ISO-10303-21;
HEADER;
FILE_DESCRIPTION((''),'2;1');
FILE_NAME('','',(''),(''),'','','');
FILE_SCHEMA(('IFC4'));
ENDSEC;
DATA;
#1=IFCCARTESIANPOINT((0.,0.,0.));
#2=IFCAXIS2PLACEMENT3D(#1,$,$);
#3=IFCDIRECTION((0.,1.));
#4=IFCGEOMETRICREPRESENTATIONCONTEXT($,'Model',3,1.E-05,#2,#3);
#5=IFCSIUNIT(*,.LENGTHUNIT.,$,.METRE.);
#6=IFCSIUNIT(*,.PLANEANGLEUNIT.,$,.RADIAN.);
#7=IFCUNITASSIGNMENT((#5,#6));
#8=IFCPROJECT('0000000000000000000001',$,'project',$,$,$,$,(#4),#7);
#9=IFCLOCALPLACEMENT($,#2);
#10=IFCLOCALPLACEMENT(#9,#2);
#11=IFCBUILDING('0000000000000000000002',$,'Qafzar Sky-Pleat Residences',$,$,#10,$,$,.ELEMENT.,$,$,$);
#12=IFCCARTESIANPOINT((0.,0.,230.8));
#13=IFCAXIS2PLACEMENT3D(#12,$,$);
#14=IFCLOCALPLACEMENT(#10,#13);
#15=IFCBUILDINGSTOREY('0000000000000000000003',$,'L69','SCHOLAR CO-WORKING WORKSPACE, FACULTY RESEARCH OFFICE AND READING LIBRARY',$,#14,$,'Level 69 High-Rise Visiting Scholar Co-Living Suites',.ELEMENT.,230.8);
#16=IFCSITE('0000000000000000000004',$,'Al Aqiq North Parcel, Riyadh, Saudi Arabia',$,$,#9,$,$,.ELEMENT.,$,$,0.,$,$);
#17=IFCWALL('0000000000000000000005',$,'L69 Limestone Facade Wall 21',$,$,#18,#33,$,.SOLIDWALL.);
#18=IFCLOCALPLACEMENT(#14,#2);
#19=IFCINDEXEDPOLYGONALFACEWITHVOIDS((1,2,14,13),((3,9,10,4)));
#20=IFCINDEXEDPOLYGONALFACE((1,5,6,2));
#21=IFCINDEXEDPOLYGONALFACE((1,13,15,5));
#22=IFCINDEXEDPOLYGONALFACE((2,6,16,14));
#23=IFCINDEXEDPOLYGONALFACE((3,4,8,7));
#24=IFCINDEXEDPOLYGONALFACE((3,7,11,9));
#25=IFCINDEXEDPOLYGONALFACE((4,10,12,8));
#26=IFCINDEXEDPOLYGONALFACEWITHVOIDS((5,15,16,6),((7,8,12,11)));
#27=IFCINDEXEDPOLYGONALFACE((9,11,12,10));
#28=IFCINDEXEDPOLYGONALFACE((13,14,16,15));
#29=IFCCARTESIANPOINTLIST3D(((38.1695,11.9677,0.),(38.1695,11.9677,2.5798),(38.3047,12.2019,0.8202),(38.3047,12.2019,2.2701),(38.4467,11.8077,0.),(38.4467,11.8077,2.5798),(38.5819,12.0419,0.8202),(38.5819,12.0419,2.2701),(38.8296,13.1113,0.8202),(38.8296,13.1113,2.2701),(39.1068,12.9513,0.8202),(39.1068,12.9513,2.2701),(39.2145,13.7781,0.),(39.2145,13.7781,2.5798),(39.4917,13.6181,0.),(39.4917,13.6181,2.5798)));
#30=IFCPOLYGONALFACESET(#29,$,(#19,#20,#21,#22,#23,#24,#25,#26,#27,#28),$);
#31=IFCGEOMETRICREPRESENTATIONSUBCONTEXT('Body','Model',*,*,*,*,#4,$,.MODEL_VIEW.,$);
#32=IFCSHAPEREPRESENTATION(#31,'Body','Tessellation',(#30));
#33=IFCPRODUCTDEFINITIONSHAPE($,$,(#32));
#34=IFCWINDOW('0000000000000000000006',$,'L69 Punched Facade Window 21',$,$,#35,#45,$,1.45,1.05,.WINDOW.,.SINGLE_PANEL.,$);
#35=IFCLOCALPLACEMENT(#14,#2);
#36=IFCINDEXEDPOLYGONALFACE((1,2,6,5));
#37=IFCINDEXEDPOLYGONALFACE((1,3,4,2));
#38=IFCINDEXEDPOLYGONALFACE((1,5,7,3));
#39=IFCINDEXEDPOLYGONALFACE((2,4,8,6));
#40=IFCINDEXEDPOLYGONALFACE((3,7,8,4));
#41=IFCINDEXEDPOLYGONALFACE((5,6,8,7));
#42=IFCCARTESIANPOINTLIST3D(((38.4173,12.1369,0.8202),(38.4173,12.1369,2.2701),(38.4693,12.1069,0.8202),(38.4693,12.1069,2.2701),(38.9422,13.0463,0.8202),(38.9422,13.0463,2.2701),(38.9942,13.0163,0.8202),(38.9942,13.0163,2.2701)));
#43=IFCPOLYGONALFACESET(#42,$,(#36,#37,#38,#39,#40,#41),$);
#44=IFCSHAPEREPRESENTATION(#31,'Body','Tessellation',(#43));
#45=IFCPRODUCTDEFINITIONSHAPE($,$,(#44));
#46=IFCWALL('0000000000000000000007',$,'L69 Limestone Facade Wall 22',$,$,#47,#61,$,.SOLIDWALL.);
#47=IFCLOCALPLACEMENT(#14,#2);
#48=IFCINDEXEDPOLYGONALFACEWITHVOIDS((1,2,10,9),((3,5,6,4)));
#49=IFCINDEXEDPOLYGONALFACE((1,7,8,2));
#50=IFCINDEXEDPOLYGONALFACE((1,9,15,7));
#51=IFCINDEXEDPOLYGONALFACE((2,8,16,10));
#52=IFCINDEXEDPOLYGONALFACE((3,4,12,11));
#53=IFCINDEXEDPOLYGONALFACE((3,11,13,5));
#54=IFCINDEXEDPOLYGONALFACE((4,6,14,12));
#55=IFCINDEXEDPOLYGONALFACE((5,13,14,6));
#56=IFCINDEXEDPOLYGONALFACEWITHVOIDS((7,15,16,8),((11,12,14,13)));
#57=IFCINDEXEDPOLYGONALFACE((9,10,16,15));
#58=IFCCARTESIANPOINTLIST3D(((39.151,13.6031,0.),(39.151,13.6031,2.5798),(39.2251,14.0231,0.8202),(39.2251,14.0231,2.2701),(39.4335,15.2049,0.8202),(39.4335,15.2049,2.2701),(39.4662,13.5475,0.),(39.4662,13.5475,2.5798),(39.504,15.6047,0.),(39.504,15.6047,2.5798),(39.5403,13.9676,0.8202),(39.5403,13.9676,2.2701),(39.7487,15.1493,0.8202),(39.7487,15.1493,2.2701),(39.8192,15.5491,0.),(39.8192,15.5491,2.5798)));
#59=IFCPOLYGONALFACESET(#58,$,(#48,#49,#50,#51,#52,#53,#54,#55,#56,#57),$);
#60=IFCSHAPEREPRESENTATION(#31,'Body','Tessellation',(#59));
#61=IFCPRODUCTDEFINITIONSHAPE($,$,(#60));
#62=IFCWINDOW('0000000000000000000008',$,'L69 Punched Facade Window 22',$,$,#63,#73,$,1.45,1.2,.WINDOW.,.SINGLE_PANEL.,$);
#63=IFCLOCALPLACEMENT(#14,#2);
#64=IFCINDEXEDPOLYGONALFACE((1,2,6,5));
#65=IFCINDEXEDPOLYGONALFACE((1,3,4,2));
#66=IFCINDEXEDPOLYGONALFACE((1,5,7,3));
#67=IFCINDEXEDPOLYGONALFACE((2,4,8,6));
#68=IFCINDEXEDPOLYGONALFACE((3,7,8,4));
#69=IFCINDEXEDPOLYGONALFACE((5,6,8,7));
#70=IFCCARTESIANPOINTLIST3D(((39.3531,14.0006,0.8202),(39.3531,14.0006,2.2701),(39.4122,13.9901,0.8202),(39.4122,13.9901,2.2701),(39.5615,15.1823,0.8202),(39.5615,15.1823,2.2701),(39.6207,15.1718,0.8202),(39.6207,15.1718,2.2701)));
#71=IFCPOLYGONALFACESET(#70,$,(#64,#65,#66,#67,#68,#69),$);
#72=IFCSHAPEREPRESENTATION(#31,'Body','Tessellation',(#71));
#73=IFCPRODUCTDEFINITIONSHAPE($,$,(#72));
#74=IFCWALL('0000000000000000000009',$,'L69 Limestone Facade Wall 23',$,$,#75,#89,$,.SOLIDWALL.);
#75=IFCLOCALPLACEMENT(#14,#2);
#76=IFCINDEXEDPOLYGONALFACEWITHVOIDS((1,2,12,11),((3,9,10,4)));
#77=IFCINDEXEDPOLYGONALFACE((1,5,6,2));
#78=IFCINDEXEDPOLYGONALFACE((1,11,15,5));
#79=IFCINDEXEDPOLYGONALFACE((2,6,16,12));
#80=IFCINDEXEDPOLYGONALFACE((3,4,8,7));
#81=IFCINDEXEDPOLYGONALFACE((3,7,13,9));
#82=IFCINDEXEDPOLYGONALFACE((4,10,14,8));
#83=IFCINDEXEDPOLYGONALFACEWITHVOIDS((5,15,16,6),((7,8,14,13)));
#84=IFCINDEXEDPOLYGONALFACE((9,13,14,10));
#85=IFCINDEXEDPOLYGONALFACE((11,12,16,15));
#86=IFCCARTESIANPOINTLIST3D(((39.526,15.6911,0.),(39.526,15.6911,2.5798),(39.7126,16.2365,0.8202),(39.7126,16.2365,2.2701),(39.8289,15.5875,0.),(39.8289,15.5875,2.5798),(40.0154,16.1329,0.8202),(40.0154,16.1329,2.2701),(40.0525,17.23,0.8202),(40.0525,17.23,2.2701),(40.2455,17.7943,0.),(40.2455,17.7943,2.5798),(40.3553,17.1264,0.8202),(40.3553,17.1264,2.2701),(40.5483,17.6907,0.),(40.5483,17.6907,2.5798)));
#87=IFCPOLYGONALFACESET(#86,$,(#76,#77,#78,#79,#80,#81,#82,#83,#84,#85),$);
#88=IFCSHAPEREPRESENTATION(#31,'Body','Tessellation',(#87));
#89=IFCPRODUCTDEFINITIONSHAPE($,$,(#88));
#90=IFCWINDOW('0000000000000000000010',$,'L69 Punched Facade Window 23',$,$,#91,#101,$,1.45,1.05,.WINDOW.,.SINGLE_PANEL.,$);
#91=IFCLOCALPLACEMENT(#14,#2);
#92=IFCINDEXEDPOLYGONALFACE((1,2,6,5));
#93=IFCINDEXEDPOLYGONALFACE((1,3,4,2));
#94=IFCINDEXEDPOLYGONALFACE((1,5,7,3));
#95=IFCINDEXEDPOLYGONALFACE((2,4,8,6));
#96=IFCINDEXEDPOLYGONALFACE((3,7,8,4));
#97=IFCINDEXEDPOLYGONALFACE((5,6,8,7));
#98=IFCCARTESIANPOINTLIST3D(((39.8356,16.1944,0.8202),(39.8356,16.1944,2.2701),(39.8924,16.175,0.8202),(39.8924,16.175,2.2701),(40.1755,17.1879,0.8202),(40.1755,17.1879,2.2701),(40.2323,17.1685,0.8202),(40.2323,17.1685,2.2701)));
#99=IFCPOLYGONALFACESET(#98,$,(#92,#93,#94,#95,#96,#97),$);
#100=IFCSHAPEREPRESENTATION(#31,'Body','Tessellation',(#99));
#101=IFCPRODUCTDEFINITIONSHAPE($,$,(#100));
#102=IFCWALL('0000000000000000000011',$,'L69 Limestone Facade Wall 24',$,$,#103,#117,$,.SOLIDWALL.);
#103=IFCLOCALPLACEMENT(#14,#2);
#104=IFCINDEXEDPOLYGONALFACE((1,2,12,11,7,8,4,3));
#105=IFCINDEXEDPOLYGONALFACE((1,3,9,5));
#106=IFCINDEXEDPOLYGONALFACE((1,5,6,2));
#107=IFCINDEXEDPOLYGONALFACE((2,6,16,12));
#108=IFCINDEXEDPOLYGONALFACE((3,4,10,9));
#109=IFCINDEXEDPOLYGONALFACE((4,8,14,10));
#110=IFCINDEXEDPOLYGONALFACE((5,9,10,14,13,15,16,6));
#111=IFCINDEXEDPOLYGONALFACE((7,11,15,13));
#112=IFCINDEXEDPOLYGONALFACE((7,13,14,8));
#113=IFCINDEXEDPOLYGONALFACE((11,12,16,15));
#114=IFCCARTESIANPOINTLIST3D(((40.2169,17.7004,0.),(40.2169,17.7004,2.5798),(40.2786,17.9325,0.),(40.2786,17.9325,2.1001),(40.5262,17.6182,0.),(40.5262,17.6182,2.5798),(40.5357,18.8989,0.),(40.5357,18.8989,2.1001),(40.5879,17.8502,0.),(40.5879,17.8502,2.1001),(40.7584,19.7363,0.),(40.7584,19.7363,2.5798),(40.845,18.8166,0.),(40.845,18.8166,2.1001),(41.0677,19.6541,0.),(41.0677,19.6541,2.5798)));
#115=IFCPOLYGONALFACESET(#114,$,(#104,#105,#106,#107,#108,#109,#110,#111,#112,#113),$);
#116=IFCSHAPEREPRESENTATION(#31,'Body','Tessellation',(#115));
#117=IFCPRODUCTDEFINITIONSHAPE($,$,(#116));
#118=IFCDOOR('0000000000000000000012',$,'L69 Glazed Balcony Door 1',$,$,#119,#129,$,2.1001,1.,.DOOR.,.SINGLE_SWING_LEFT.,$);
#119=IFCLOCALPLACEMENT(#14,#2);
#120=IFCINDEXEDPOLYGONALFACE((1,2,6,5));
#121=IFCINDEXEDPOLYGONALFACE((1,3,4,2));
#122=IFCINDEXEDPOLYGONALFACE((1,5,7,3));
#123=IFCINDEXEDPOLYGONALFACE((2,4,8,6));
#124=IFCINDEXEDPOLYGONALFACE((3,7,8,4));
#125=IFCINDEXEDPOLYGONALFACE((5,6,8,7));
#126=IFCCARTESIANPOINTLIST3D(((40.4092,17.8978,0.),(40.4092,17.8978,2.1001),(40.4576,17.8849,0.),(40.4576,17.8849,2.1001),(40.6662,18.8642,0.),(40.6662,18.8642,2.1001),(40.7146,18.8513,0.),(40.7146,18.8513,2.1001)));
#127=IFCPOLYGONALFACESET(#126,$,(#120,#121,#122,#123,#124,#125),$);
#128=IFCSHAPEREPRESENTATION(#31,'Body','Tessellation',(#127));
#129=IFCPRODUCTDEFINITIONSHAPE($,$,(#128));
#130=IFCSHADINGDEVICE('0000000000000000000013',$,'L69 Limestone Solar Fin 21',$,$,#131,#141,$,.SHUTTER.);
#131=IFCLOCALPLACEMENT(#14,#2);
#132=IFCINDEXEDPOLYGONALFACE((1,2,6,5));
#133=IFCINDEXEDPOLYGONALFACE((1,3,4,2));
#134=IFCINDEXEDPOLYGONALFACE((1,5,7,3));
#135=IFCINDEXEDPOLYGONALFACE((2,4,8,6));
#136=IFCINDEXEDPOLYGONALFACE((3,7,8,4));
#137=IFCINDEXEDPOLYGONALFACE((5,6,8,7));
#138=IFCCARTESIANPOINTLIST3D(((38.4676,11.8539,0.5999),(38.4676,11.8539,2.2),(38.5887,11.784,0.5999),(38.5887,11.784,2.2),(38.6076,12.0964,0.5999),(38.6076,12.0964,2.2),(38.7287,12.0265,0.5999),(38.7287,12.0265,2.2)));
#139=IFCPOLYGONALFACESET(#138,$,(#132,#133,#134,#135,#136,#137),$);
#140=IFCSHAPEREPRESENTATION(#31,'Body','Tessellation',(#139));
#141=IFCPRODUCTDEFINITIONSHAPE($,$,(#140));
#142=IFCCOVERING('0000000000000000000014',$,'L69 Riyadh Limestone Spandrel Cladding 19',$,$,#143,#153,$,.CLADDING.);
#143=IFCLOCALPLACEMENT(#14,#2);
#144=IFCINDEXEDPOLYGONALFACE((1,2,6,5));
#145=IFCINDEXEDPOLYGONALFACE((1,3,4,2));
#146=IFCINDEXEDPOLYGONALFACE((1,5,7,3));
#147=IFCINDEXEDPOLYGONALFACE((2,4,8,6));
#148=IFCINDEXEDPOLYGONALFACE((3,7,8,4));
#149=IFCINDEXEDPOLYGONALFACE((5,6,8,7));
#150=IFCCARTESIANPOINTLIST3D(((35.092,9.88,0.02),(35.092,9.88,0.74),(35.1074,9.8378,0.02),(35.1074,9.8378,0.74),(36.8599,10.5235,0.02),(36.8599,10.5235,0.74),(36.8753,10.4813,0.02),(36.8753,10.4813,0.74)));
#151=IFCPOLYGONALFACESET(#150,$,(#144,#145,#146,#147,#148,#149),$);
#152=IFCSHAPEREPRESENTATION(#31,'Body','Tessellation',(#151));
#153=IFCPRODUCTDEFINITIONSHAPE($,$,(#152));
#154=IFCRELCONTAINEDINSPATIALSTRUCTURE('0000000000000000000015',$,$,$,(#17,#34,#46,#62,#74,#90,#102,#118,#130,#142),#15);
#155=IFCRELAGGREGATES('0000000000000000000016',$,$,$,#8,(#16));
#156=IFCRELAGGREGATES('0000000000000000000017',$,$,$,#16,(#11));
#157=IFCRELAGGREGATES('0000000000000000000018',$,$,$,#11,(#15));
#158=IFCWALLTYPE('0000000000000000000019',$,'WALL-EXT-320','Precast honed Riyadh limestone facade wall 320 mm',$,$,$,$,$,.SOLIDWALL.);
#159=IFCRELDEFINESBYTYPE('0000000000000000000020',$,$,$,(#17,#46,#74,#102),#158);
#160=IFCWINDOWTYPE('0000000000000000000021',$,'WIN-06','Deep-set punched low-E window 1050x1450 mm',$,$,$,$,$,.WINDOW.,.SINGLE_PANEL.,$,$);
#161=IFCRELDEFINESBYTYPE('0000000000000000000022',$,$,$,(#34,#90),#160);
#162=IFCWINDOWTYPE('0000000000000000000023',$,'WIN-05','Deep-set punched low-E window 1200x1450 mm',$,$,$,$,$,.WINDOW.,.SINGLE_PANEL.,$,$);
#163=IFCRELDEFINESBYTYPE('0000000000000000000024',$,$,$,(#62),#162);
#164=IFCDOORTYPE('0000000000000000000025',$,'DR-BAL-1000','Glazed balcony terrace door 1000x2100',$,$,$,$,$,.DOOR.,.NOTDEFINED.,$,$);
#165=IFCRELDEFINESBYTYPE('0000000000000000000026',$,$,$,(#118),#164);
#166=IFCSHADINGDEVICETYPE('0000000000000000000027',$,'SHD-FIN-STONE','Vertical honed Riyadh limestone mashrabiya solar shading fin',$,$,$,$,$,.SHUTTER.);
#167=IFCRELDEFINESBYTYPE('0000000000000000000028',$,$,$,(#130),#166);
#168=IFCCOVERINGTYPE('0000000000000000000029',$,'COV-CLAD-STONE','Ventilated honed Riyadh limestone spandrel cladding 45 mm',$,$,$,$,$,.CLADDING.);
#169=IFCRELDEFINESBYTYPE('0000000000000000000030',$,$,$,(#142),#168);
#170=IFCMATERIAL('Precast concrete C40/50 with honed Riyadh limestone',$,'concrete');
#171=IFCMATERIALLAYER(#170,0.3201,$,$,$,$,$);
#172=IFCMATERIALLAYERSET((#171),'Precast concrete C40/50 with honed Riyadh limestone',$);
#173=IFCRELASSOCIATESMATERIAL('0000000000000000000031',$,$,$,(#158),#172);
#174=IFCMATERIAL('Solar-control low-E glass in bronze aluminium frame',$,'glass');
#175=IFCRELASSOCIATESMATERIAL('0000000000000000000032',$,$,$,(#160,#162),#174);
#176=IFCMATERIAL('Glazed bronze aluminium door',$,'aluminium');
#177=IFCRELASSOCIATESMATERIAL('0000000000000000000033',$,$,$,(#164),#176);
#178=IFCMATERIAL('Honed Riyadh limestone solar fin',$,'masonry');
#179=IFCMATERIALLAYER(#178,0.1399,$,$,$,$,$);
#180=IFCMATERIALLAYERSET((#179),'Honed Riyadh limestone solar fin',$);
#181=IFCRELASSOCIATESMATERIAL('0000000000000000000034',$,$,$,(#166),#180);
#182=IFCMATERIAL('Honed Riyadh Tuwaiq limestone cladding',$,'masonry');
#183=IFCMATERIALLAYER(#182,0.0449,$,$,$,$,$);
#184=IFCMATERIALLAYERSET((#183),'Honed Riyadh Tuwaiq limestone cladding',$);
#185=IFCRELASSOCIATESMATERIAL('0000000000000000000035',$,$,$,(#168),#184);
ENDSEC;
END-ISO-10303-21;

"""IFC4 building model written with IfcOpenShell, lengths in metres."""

from ifc_helpers import new_model, si_unit, direction, frame, frame_2d, origin, origin_2d, place, context, subcontext, project, spatial, rectangle, extrude, source, transform, mapped, material, layer, layer_set, type_object, element, fill, save


model = new_model("IFC4")

# Units and contexts
model_context = context("Model", 3, precision=1e-05, world=origin(), true_north=direction((0.0, 1.0)))
body_context = subcontext(model_context, "Body", "Model", "MODEL_VIEW")
ifc_project = project(units=[si_unit("LENGTHUNIT", "METRE"), si_unit("PLANEANGLEUNIT", "RADIAN")], contexts=[model_context])

# Site, building, storey
site_placement = place(None, origin())
site = spatial("IfcSite", under=ifc_project, at=site_placement, Name="Al Aqiq North Parcel, Riyadh, Saudi Arabia", CompositionType="ELEMENT", RefElevation=0.0)
building_placement = place(site_placement, origin())
building = spatial("IfcBuilding", under=site, at=building_placement, Name="Qafzar Sky-Pleat Residences", CompositionType="ELEMENT")
storey_placement = place(building_placement, frame((0.0, 0.0, 230.8)))
storey = spatial("IfcBuildingStorey", under=building, at=storey_placement, Name="L69", Description="SCHOLAR CO-WORKING WORKSPACE, FACULTY RESEARCH OFFICE AND READING LIBRARY", LongName="Level 69 High-Rise Visiting Scholar Co-Living Suites", CompositionType="ELEMENT", Elevation=230.8)

# Walls, openings, windows
ifc_material_1 = material(Name="Precast concrete C40/50 with honed Riyadh limestone", Category="concrete")
ifc_layer_1 = layer(ifc_material_1, 0.3201)
ifc_layer_set_1 = layer_set([ifc_layer_1], Name="Precast concrete C40/50 with honed Riyadh limestone")
wall_type_1 = type_object("IfcWallType", Name="WALL-EXT-320", Description="Precast honed Riyadh limestone facade wall 320 mm", PredefinedType="SOLIDWALL", material=ifc_layer_set_1)
ifc_material_2 = material(Name="Solar-control low-E glass in bronze aluminium frame", Category="glass")
wall_1_placement = place(storey_placement, frame((38.3081, 11.8877, 0.0), z_axis=(0.0, 0.0, 1.0), x_axis=(0.499908, 0.866079, 0.0)))
wall_1 = element("IfcWall", 1, at=wall_1_placement, inside=storey, type_object=wall_type_1, Name="L69 Limestone Facade Wall 21", PredefinedType="SOLIDWALL", context=body_context, shape_type="SweptSolid", body=[
    extrude(rectangle(XDim=2.0903, YDim=0.3201, at=frame_2d((1.0452, 0.0))), origin(), (0.0, 0.0, 1.0), 2.5798),
])
opening_1_placement = place(wall_1_placement, frame((0.2705, 0.0, 0.8201)))
opening_1 = element("IfcOpeningElement", 2, at=opening_1_placement, cuts=wall_1, PredefinedType="OPENING", context=body_context, shape_type="SweptSolid", body=[
    extrude(rectangle(XDim=1.05, YDim=1.45, at=frame_2d((0.5249, 0.7251))), frame((0.0, 0.1699, 0.0), z_axis=(0.0, -1.0, 0.0), x_axis=(1.0, 0.0, 0.0)), (0.0, 0.0, 1.0), 0.3401),
])
window_type_1 = type_object("IfcWindowType", Name="WIN-06", Description="Deep-set punched low-E window 1050x1450 mm", PartitioningType="SINGLE_PANEL", PredefinedType="WINDOW", material=ifc_material_2)
shared_shape_1 = source(origin(), body_context, "Body", "SweptSolid", [
    extrude(rectangle(XDim=1.05, YDim=1.45, at=frame_2d((0.5249, 0.7251))), frame((0.0, 0.03, 0.0), z_axis=(0.0, -1.0, 0.0), x_axis=(1.0, 0.0, 0.0)), (0.0, 0.0, 1.0), 0.0601),
])
window_1_placement = place(opening_1_placement, origin())
window_1 = element("IfcWindow", 3, at=window_1_placement, inside=storey, type_object=window_type_1, Name="L69 Punched Facade Window 21", OverallHeight=1.45, OverallWidth=1.05, PartitioningType="SINGLE_PANEL", PredefinedType="WINDOW", context=body_context, shape_type="MappedRepresentation", body=[
    mapped(shared_shape_1, transform((0.0, 0.0, 0.0), x_axis=(1.0, 0.0, 0.0), y_axis=(0.0, 1.0, 0.0), z_axis=(0.0, 0.0, 1.0), scale=1.0)),
])
fill(opening_1, window_1)
wall_2_placement = place(storey_placement, frame((39.3086, 13.5754, 0.0), z_axis=(0.0, 0.0, 1.0), x_axis=(0.173703, 0.984798, 0.0)))
wall_2 = element("IfcWall", 4, at=wall_2_placement, inside=storey, type_object=wall_type_1, Name="L69 Limestone Facade Wall 22", PredefinedType="SOLIDWALL", context=body_context, shape_type="SweptSolid", body=[
    extrude(rectangle(XDim=2.0325, YDim=0.3201, at=frame_2d((1.0161, 0.0))), origin(), (0.0, 0.0, 1.0), 2.5798),
])
opening_2_placement = place(wall_2_placement, frame((0.4263, 0.0, 0.8201)))
opening_2 = element("IfcOpeningElement", 5, at=opening_2_placement, cuts=wall_2, PredefinedType="OPENING", context=body_context, shape_type="SweptSolid", body=[
    extrude(rectangle(XDim=1.2, YDim=1.45, at=frame_2d((0.6001, 0.7251))), frame((0.0, 0.1699, 0.0), z_axis=(0.0, -1.0, 0.0), x_axis=(1.0, 0.0, 0.0)), (0.0, 0.0, 1.0), 0.3401),
])
window_type_2 = type_object("IfcWindowType", Name="WIN-05", Description="Deep-set punched low-E window 1200x1450 mm", PartitioningType="SINGLE_PANEL", PredefinedType="WINDOW", material=ifc_material_2)
shared_shape_2 = source(origin(), body_context, "Body", "SweptSolid", [
    extrude(rectangle(XDim=1.2, YDim=1.45, at=frame_2d((0.6001, 0.7251))), frame((0.0, 0.03, 0.0), z_axis=(0.0, -1.0, 0.0), x_axis=(1.0, 0.0, 0.0)), (0.0, 0.0, 1.0), 0.0601),
])
window_2_placement = place(opening_2_placement, origin())
window_2 = element("IfcWindow", 6, at=window_2_placement, inside=storey, type_object=window_type_2, Name="L69 Punched Facade Window 22", OverallHeight=1.45, OverallWidth=1.2, PartitioningType="SINGLE_PANEL", PredefinedType="WINDOW", context=body_context, shape_type="MappedRepresentation", body=[
    mapped(shared_shape_2, transform((0.0, 0.0, 0.0), x_axis=(1.0, 0.0, 0.0), y_axis=(0.0, 1.0, 0.0), z_axis=(0.0, 0.0, 1.0), scale=1.0)),
])
fill(opening_2, window_2)
wall_3_placement = place(storey_placement, frame((39.6775, 15.6394, 0.0), z_axis=(0.0, 0.0, 1.0), x_axis=(0.323664, 0.946172, 0.0)))
wall_3 = element("IfcWall", 7, at=wall_3_placement, inside=storey, type_object=wall_type_1, Name="L69 Limestone Facade Wall 23", PredefinedType="SOLIDWALL", context=body_context, shape_type="SweptSolid", body=[
    extrude(rectangle(XDim=2.2229, YDim=0.3201, at=frame_2d((1.1113, 0.0))), origin(), (0.0, 0.0, 1.0), 2.5798),
])
opening_3_placement = place(wall_3_placement, frame((0.5764, 0.0, 0.8201)))
opening_3 = element("IfcOpeningElement", 8, at=opening_3_placement, cuts=wall_3, PredefinedType="OPENING", context=body_context, shape_type="SweptSolid", body=[
    extrude(rectangle(XDim=1.05, YDim=1.45, at=frame_2d((0.5249, 0.7251))), frame((0.0, 0.1699, 0.0), z_axis=(0.0, -1.0, 0.0), x_axis=(1.0, 0.0, 0.0)), (0.0, 0.0, 1.0), 0.3401),
])
window_3_placement = place(opening_3_placement, origin())
window_3 = element("IfcWindow", 9, at=window_3_placement, inside=storey, type_object=window_type_1, Name="L69 Punched Facade Window 23", OverallHeight=1.45, OverallWidth=1.05, PartitioningType="SINGLE_PANEL", PredefinedType="WINDOW", context=body_context, shape_type="MappedRepresentation", body=[
    mapped(shared_shape_1, transform((0.0, 0.0, 0.0), x_axis=(1.0, 0.0, 0.0), y_axis=(0.0, 1.0, 0.0), z_axis=(0.0, 0.0, 1.0), scale=1.0)),
])
fill(opening_3, window_3)

# Wall, opening, door
wall_4_placement = place(storey_placement, frame((40.3716, 17.6594, 0.0), z_axis=(0.0, 0.0, 1.0), x_axis=(0.257042, 0.9664, 0.0)))
wall_4 = element("IfcWall", 10, at=wall_4_placement, inside=storey, type_object=wall_type_1, Name="L69 Limestone Facade Wall 24", PredefinedType="SOLIDWALL", context=body_context, shape_type="SweptSolid", body=[
    extrude(rectangle(XDim=2.1067, YDim=0.3201, at=frame_2d((1.0532, 0.0))), origin(), (0.0, 0.0, 1.0), 2.5798),
])
opening_4_placement = place(wall_4_placement, frame((0.24, 0.0, 0.0)))
opening_4 = element("IfcOpeningElement", 11, at=opening_4_placement, cuts=wall_4, PredefinedType="OPENING", context=body_context, shape_type="SweptSolid", body=[
    extrude(rectangle(XDim=1.0, YDim=2.1001, at=frame_2d((0.5, 1.05))), frame((0.0, 0.1699, 0.0), z_axis=(0.0, -1.0, 0.0), x_axis=(1.0, 0.0, 0.0)), (0.0, 0.0, 1.0), 0.3401),
])
ifc_material_3 = material(Name="Glazed bronze aluminium door", Category="aluminium")
door_type_1 = type_object("IfcDoorType", Name="DR-BAL-1000", Description="Glazed balcony terrace door 1000x2100", OperationType="NOTDEFINED", PredefinedType="DOOR", material=ifc_material_3)
shared_shape_3 = source(origin(), body_context, "Body", "SweptSolid", [
    extrude(rectangle(XDim=1.0, YDim=2.1001, at=frame_2d((0.5, 1.05))), frame((0.0, 0.0249, 0.0), z_axis=(0.0, -1.0, 0.0), x_axis=(1.0, 0.0, 0.0)), (0.0, 0.0, 1.0), 0.05),
])
door_1_placement = place(opening_4_placement, origin())
door_1 = element("IfcDoor", 12, at=door_1_placement, inside=storey, type_object=door_type_1, Name="L69 Glazed Balcony Door 1", OperationType="SINGLE_SWING_LEFT", OverallHeight=2.1001, OverallWidth=1.0, PredefinedType="DOOR", context=body_context, shape_type="MappedRepresentation", body=[
    mapped(shared_shape_3, transform((0.0, 0.0, 0.0), x_axis=(1.0, 0.0, 0.0), y_axis=(0.0, 1.0, 0.0), z_axis=(0.0, 0.0, 1.0), scale=1.0)),
])
fill(opening_4, door_1)

# Shading device
ifc_material_4 = material(Name="Honed Riyadh limestone solar fin", Category="masonry")
ifc_layer_2 = layer(ifc_material_4, 0.1399)
ifc_layer_set_2 = layer_set([ifc_layer_2], Name="Honed Riyadh limestone solar fin")
shading_device_type = type_object("IfcShadingDeviceType", Name="SHD-FIN-STONE", Description="Vertical honed Riyadh limestone mashrabiya solar shading fin", PredefinedType="SHUTTER", material=ifc_layer_set_2)
shared_shape_4 = source(origin(), body_context, "Body", "SweptSolid", [
    extrude(rectangle(XDim=0.1399, YDim=0.28, at=origin_2d()), origin(), (0.0, 0.0, 1.0), 1.6001),
])
shading_device_placement = place(storey_placement, frame((38.5981, 11.9402, 0.5999), z_axis=(0.0, 0.0, 1.0), x_axis=(0.866032, -0.499989, 0.0)))
element("IfcShadingDevice", 13, at=shading_device_placement, inside=storey, type_object=shading_device_type, Name="L69 Limestone Solar Fin 21", PredefinedType="SHUTTER", context=body_context, shape_type="MappedRepresentation", body=[
    mapped(shared_shape_4, transform((0.0, 0.0, 0.0), x_axis=(1.0, 0.0, 0.0), y_axis=(0.0, 1.0, 0.0), z_axis=(0.0, 0.0, 1.0), scale=1.0)),
])

# Covering
ifc_material_5 = material(Name="Honed Riyadh Tuwaiq limestone cladding", Category="masonry")
ifc_layer_3 = layer(ifc_material_5, 0.0449)
ifc_layer_set_3 = layer_set([ifc_layer_3], Name="Honed Riyadh Tuwaiq limestone cladding")
covering_type = type_object("IfcCoveringType", Name="COV-CLAD-STONE", Description="Ventilated honed Riyadh limestone spandrel cladding 45 mm", PredefinedType="CLADDING", material=ifc_layer_set_3)
shared_shape_5 = source(origin(), body_context, "Body", "SweptSolid", [
    extrude(rectangle(XDim=1.8813, YDim=0.0449, at=origin_2d()), origin(), (0.0, 0.0, 1.0), 0.72),
])
covering_1_placement = place(storey_placement, frame((35.9836, 10.1807, 0.02), z_axis=(0.0, 0.0, 1.0), x_axis=(0.939694, 0.342016, 0.0)))
element("IfcCovering", 14, at=covering_1_placement, inside=storey, type_object=covering_type, Name="L69 Riyadh Limestone Spandrel Cladding 19", PredefinedType="CLADDING", context=body_context, shape_type="MappedRepresentation", body=[
    mapped(shared_shape_5, transform((0.0, 0.0, 0.0), x_axis=(1.0, 0.0, 0.0), y_axis=(0.0, 1.0, 0.0), z_axis=(0.0, 0.0, 1.0), scale=1.0)),
])

save(model, "model.ifc")
